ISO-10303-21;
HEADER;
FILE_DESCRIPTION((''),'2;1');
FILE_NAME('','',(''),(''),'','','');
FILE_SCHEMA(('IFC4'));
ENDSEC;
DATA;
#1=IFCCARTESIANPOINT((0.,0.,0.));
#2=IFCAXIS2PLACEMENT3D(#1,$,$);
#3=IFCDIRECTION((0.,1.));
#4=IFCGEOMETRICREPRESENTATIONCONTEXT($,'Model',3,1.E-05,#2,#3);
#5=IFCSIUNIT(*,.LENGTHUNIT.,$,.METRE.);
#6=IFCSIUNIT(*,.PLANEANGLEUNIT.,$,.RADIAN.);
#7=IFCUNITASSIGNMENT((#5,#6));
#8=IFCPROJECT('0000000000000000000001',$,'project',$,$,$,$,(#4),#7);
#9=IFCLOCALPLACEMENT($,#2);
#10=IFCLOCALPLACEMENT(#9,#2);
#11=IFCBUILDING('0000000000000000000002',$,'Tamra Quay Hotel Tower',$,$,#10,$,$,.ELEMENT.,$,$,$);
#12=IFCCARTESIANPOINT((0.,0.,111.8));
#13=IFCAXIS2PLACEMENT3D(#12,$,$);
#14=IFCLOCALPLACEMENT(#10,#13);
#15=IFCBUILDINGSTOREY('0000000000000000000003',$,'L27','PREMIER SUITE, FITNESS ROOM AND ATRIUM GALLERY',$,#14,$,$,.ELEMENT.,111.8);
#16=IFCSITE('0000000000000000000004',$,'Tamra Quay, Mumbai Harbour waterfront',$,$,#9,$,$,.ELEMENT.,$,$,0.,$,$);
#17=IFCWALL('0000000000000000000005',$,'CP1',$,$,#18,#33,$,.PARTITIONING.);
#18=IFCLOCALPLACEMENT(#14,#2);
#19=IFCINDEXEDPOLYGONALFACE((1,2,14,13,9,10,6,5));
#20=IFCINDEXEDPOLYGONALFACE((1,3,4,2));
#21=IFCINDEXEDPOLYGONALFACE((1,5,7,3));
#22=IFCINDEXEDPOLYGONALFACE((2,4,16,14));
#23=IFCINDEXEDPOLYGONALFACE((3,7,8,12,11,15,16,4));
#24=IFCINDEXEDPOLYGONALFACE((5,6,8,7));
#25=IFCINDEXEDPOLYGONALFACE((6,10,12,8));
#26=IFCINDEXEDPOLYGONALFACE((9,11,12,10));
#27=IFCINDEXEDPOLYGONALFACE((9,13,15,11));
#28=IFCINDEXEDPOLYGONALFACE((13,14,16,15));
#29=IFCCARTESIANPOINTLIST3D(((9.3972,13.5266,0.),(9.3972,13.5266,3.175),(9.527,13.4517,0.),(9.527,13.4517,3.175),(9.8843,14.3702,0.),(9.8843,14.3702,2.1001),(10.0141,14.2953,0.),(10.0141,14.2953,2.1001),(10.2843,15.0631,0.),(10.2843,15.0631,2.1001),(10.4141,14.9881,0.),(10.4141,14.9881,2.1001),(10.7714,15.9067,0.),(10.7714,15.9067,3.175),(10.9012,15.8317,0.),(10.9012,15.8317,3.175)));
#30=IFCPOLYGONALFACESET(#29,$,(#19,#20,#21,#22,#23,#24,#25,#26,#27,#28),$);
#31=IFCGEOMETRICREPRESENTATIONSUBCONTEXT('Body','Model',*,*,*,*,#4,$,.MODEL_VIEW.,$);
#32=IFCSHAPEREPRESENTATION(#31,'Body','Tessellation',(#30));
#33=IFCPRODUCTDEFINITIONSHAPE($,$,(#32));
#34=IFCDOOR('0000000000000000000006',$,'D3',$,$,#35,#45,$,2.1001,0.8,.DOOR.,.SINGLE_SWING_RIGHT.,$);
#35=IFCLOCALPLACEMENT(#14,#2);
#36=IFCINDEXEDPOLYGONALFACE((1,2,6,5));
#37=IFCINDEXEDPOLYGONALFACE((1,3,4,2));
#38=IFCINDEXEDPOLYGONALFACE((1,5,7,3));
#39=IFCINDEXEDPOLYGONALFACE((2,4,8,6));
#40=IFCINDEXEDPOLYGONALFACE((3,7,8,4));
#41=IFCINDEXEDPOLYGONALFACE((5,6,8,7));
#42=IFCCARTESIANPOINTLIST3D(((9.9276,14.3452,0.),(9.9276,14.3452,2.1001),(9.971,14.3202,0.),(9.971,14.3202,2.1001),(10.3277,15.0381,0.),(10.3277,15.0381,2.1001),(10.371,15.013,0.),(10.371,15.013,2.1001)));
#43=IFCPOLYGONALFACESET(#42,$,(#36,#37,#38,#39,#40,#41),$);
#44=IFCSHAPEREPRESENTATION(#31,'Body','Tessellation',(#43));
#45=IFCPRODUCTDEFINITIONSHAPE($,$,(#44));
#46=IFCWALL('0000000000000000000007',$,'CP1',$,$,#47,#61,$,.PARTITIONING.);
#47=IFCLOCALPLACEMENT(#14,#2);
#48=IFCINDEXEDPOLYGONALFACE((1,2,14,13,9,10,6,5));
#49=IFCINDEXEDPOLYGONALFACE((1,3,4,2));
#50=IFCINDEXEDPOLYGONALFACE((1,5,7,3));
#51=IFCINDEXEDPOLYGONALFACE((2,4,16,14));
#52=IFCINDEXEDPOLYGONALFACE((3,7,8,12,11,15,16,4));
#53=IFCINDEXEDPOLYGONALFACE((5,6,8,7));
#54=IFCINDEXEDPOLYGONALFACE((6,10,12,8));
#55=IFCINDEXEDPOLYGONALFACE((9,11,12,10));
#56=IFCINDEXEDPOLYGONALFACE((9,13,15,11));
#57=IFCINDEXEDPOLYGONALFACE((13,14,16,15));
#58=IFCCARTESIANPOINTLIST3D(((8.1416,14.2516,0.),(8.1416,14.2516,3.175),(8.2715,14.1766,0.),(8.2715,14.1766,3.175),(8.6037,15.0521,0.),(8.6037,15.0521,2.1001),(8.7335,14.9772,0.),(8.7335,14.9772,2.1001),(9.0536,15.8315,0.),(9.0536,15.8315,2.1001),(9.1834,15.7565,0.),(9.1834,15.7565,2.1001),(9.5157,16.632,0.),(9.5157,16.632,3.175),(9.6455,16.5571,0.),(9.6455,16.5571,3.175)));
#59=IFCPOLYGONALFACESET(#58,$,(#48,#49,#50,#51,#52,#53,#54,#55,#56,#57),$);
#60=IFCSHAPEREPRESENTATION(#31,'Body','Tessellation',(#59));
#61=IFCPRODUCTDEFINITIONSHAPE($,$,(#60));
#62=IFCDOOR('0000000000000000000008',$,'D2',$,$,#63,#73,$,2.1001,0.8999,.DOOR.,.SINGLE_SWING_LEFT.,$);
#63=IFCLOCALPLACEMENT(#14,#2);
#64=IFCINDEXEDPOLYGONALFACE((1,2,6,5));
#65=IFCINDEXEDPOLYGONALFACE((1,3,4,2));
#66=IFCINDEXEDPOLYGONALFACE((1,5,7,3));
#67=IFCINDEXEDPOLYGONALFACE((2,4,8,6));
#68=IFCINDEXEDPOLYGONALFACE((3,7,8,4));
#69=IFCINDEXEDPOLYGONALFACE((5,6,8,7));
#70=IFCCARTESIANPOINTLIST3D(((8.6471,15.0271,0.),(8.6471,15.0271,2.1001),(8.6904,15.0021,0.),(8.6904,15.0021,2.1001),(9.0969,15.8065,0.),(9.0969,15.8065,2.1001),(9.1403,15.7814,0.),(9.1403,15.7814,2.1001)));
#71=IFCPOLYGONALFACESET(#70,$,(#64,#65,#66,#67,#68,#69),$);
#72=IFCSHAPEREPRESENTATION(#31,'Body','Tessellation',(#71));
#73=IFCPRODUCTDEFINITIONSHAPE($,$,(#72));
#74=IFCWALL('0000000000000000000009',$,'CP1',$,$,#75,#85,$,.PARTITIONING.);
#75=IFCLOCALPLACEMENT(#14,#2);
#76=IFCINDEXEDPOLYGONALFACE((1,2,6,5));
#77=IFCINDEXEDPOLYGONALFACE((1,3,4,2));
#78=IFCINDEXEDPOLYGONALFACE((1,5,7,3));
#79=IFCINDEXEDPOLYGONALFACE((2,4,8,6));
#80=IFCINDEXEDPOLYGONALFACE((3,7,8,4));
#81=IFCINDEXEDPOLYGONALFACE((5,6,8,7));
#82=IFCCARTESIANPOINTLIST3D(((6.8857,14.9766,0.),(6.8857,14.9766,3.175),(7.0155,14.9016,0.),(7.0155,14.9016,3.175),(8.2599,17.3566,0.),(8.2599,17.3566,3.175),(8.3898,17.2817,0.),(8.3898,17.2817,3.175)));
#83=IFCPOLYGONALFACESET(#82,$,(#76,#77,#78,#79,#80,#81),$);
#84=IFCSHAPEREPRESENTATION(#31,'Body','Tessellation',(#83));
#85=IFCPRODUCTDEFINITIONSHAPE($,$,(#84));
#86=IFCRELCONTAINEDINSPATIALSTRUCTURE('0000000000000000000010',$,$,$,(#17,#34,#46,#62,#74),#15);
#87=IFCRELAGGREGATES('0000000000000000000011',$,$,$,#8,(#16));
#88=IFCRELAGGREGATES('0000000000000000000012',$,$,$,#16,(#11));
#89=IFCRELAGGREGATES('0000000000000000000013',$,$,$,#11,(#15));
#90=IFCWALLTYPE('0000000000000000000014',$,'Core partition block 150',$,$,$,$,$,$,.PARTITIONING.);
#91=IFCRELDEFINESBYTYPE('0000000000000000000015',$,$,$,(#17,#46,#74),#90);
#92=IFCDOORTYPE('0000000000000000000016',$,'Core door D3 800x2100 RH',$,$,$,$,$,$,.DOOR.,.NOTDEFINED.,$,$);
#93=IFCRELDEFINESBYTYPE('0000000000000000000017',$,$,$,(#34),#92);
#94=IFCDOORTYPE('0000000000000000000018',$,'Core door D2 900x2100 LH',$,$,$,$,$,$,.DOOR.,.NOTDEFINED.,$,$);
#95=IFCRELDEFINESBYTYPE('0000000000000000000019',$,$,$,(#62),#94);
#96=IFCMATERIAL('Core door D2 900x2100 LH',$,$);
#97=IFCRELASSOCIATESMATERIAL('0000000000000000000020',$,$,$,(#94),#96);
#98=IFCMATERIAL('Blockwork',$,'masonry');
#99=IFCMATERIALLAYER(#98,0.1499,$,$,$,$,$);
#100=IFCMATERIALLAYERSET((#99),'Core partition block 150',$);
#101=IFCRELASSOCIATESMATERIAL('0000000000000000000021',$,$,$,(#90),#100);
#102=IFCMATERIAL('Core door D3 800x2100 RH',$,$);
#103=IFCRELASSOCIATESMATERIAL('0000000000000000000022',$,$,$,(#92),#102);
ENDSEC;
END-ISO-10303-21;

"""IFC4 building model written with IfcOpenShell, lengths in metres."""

from ifc_helpers import new_model, si_unit, direction, frame, frame_2d, origin, place, context, subcontext, project, spatial, rectangle, extrude, material, layer, layer_set, type_object, element, fill, save


model = new_model("IFC4")

# Units and contexts
model_context = context("Model", 3, precision=1e-05, world=origin(), true_north=direction((0.0, 1.0)))
body_context = subcontext(model_context, "Body", "Model", "MODEL_VIEW")
ifc_project = project(units=[si_unit("LENGTHUNIT", "METRE"), si_unit("PLANEANGLEUNIT", "RADIAN")], contexts=[model_context])

# Site, building, storey
site_placement = place(None, origin())
site = spatial("IfcSite", under=ifc_project, at=site_placement, Name="Tamra Quay, Mumbai Harbour waterfront", CompositionType="ELEMENT", RefElevation=0.0)
building_placement = place(site_placement, origin())
building = spatial("IfcBuilding", under=site, at=building_placement, Name="Tamra Quay Hotel Tower", CompositionType="ELEMENT")
storey_placement = place(building_placement, frame((0.0, 0.0, 111.8)))
storey = spatial("IfcBuildingStorey", under=building, at=storey_placement, Name="L27", Description="PREMIER SUITE, FITNESS ROOM AND ATRIUM GALLERY", CompositionType="ELEMENT", Elevation=111.8)

# Shared definitions
ifc_material_1 = material(Name="Core door D2 900x2100 LH")
door_type_1 = type_object("IfcDoorType", Name="Core door D2 900x2100 LH", OperationType="NOTDEFINED", PredefinedType="DOOR", material=ifc_material_1)

# Walls, openings, doors
ifc_material_2 = material(Name="Blockwork", Category="masonry")
ifc_layer_1 = layer(ifc_material_2, 0.1499)
ifc_layer_set_1 = layer_set([ifc_layer_1], Name="Core partition block 150")
wall_type_1 = type_object("IfcWallType", Name="Core partition block 150", PredefinedType="PARTITIONING", material=ifc_layer_set_1)
wall_1_placement = place(storey_placement, frame((9.4622, 13.4893, 0.0), z_axis=(0.0, 0.0, 1.0), x_axis=(0.500027, 0.86601, 0.0)))
wall_1 = element("IfcWall", 1, at=wall_1_placement, inside=storey, type_object=wall_type_1, Name="CP1", PredefinedType="PARTITIONING", context=body_context, shape_type="SweptSolid", body=[
    extrude(rectangle(XDim=2.7483, YDim=0.1499, at=frame_2d((1.374, 0.0))), origin(), (0.0, 0.0, 1.0), 3.175),
])
opening_1_placement = place(wall_1_placement, frame((0.9741, 0.0, 0.0)))
opening_1 = element("IfcOpeningElement", 2, at=opening_1_placement, cuts=wall_1, PredefinedType="OPENING", context=body_context, shape_type="SweptSolid", body=[
    extrude(rectangle(XDim=0.8, YDim=2.1001, at=frame_2d((0.3999, 1.05))), frame((0.0, 0.085, 0.0), z_axis=(0.0, -1.0, 0.0), x_axis=(1.0, 0.0, 0.0)), (0.0, 0.0, 1.0), 0.1699),
])
ifc_material_3 = material(Name="Core door D3 800x2100 RH")
door_type_2 = type_object("IfcDoorType", Name="Core door D3 800x2100 RH", OperationType="NOTDEFINED", PredefinedType="DOOR", material=ifc_material_3)
door_1_placement = place(opening_1_placement, origin())
door_1 = element("IfcDoor", 3, at=door_1_placement, inside=storey, type_object=door_type_2, Name="D3", OperationType="SINGLE_SWING_RIGHT", OverallHeight=2.1001, OverallWidth=0.8, PredefinedType="DOOR", context=body_context, shape_type="SweptSolid", body=[
    extrude(rectangle(XDim=0.8, YDim=2.1001, at=frame_2d((0.3999, 1.05))), frame((0.0, 0.0249, 0.0), z_axis=(0.0, -1.0, 0.0), x_axis=(1.0, 0.0, 0.0)), (0.0, 0.0, 1.0), 0.05),
])
fill(opening_1, door_1)
wall_2_placement = place(storey_placement, frame((8.2065, 14.2141, 0.0), z_axis=(0.0, 0.0, 1.0), x_axis=(0.499922, 0.86607, 0.0)))
wall_2 = element("IfcWall", 4, at=wall_2_placement, inside=storey, type_object=wall_type_1, Name="CP1", PredefinedType="PARTITIONING", context=body_context, shape_type="SweptSolid", body=[
    extrude(rectangle(XDim=2.7485, YDim=0.1499, at=frame_2d((1.3743, 0.0))), origin(), (0.0, 0.0, 1.0), 3.175),
])
opening_2_placement = place(wall_2_placement, frame((0.9243, 0.0, 0.0)))
opening_2 = element("IfcOpeningElement", 5, at=opening_2_placement, cuts=wall_2, PredefinedType="OPENING", context=body_context, shape_type="SweptSolid", body=[
    extrude(rectangle(XDim=0.8999, YDim=2.1001, at=frame_2d((0.45, 1.05))), frame((0.0, 0.085, 0.0), z_axis=(0.0, -1.0, 0.0), x_axis=(1.0, 0.0, 0.0)), (0.0, 0.0, 1.0), 0.1699),
])
door_2_placement = place(opening_2_placement, origin())
door_2 = element("IfcDoor", 6, at=door_2_placement, inside=storey, type_object=door_type_1, Name="D2", OperationType="SINGLE_SWING_LEFT", OverallHeight=2.1001, OverallWidth=0.8999, PredefinedType="DOOR", context=body_context, shape_type="SweptSolid", body=[
    extrude(rectangle(XDim=0.8999, YDim=2.1001, at=frame_2d((0.45, 1.05))), frame((0.0, 0.0249, 0.0), z_axis=(0.0, -1.0, 0.0), x_axis=(1.0, 0.0, 0.0)), (0.0, 0.0, 1.0), 0.05),
])
fill(opening_2, door_2)

# Wall
wall_3_placement = place(storey_placement, frame((6.9507, 14.9392, 0.0), z_axis=(0.0, 0.0, 1.0), x_axis=(0.500027, 0.86601, 0.0)))
element("IfcWall", 7, at=wall_3_placement, inside=storey, type_object=wall_type_1, Name="CP1", PredefinedType="PARTITIONING", context=body_context, shape_type="SweptSolid", body=[
    extrude(rectangle(XDim=2.7483, YDim=0.1499, at=frame_2d((1.374, 0.0))), origin(), (0.0, 0.0, 1.0), 3.175),
])

save(model, "model.ifc")
